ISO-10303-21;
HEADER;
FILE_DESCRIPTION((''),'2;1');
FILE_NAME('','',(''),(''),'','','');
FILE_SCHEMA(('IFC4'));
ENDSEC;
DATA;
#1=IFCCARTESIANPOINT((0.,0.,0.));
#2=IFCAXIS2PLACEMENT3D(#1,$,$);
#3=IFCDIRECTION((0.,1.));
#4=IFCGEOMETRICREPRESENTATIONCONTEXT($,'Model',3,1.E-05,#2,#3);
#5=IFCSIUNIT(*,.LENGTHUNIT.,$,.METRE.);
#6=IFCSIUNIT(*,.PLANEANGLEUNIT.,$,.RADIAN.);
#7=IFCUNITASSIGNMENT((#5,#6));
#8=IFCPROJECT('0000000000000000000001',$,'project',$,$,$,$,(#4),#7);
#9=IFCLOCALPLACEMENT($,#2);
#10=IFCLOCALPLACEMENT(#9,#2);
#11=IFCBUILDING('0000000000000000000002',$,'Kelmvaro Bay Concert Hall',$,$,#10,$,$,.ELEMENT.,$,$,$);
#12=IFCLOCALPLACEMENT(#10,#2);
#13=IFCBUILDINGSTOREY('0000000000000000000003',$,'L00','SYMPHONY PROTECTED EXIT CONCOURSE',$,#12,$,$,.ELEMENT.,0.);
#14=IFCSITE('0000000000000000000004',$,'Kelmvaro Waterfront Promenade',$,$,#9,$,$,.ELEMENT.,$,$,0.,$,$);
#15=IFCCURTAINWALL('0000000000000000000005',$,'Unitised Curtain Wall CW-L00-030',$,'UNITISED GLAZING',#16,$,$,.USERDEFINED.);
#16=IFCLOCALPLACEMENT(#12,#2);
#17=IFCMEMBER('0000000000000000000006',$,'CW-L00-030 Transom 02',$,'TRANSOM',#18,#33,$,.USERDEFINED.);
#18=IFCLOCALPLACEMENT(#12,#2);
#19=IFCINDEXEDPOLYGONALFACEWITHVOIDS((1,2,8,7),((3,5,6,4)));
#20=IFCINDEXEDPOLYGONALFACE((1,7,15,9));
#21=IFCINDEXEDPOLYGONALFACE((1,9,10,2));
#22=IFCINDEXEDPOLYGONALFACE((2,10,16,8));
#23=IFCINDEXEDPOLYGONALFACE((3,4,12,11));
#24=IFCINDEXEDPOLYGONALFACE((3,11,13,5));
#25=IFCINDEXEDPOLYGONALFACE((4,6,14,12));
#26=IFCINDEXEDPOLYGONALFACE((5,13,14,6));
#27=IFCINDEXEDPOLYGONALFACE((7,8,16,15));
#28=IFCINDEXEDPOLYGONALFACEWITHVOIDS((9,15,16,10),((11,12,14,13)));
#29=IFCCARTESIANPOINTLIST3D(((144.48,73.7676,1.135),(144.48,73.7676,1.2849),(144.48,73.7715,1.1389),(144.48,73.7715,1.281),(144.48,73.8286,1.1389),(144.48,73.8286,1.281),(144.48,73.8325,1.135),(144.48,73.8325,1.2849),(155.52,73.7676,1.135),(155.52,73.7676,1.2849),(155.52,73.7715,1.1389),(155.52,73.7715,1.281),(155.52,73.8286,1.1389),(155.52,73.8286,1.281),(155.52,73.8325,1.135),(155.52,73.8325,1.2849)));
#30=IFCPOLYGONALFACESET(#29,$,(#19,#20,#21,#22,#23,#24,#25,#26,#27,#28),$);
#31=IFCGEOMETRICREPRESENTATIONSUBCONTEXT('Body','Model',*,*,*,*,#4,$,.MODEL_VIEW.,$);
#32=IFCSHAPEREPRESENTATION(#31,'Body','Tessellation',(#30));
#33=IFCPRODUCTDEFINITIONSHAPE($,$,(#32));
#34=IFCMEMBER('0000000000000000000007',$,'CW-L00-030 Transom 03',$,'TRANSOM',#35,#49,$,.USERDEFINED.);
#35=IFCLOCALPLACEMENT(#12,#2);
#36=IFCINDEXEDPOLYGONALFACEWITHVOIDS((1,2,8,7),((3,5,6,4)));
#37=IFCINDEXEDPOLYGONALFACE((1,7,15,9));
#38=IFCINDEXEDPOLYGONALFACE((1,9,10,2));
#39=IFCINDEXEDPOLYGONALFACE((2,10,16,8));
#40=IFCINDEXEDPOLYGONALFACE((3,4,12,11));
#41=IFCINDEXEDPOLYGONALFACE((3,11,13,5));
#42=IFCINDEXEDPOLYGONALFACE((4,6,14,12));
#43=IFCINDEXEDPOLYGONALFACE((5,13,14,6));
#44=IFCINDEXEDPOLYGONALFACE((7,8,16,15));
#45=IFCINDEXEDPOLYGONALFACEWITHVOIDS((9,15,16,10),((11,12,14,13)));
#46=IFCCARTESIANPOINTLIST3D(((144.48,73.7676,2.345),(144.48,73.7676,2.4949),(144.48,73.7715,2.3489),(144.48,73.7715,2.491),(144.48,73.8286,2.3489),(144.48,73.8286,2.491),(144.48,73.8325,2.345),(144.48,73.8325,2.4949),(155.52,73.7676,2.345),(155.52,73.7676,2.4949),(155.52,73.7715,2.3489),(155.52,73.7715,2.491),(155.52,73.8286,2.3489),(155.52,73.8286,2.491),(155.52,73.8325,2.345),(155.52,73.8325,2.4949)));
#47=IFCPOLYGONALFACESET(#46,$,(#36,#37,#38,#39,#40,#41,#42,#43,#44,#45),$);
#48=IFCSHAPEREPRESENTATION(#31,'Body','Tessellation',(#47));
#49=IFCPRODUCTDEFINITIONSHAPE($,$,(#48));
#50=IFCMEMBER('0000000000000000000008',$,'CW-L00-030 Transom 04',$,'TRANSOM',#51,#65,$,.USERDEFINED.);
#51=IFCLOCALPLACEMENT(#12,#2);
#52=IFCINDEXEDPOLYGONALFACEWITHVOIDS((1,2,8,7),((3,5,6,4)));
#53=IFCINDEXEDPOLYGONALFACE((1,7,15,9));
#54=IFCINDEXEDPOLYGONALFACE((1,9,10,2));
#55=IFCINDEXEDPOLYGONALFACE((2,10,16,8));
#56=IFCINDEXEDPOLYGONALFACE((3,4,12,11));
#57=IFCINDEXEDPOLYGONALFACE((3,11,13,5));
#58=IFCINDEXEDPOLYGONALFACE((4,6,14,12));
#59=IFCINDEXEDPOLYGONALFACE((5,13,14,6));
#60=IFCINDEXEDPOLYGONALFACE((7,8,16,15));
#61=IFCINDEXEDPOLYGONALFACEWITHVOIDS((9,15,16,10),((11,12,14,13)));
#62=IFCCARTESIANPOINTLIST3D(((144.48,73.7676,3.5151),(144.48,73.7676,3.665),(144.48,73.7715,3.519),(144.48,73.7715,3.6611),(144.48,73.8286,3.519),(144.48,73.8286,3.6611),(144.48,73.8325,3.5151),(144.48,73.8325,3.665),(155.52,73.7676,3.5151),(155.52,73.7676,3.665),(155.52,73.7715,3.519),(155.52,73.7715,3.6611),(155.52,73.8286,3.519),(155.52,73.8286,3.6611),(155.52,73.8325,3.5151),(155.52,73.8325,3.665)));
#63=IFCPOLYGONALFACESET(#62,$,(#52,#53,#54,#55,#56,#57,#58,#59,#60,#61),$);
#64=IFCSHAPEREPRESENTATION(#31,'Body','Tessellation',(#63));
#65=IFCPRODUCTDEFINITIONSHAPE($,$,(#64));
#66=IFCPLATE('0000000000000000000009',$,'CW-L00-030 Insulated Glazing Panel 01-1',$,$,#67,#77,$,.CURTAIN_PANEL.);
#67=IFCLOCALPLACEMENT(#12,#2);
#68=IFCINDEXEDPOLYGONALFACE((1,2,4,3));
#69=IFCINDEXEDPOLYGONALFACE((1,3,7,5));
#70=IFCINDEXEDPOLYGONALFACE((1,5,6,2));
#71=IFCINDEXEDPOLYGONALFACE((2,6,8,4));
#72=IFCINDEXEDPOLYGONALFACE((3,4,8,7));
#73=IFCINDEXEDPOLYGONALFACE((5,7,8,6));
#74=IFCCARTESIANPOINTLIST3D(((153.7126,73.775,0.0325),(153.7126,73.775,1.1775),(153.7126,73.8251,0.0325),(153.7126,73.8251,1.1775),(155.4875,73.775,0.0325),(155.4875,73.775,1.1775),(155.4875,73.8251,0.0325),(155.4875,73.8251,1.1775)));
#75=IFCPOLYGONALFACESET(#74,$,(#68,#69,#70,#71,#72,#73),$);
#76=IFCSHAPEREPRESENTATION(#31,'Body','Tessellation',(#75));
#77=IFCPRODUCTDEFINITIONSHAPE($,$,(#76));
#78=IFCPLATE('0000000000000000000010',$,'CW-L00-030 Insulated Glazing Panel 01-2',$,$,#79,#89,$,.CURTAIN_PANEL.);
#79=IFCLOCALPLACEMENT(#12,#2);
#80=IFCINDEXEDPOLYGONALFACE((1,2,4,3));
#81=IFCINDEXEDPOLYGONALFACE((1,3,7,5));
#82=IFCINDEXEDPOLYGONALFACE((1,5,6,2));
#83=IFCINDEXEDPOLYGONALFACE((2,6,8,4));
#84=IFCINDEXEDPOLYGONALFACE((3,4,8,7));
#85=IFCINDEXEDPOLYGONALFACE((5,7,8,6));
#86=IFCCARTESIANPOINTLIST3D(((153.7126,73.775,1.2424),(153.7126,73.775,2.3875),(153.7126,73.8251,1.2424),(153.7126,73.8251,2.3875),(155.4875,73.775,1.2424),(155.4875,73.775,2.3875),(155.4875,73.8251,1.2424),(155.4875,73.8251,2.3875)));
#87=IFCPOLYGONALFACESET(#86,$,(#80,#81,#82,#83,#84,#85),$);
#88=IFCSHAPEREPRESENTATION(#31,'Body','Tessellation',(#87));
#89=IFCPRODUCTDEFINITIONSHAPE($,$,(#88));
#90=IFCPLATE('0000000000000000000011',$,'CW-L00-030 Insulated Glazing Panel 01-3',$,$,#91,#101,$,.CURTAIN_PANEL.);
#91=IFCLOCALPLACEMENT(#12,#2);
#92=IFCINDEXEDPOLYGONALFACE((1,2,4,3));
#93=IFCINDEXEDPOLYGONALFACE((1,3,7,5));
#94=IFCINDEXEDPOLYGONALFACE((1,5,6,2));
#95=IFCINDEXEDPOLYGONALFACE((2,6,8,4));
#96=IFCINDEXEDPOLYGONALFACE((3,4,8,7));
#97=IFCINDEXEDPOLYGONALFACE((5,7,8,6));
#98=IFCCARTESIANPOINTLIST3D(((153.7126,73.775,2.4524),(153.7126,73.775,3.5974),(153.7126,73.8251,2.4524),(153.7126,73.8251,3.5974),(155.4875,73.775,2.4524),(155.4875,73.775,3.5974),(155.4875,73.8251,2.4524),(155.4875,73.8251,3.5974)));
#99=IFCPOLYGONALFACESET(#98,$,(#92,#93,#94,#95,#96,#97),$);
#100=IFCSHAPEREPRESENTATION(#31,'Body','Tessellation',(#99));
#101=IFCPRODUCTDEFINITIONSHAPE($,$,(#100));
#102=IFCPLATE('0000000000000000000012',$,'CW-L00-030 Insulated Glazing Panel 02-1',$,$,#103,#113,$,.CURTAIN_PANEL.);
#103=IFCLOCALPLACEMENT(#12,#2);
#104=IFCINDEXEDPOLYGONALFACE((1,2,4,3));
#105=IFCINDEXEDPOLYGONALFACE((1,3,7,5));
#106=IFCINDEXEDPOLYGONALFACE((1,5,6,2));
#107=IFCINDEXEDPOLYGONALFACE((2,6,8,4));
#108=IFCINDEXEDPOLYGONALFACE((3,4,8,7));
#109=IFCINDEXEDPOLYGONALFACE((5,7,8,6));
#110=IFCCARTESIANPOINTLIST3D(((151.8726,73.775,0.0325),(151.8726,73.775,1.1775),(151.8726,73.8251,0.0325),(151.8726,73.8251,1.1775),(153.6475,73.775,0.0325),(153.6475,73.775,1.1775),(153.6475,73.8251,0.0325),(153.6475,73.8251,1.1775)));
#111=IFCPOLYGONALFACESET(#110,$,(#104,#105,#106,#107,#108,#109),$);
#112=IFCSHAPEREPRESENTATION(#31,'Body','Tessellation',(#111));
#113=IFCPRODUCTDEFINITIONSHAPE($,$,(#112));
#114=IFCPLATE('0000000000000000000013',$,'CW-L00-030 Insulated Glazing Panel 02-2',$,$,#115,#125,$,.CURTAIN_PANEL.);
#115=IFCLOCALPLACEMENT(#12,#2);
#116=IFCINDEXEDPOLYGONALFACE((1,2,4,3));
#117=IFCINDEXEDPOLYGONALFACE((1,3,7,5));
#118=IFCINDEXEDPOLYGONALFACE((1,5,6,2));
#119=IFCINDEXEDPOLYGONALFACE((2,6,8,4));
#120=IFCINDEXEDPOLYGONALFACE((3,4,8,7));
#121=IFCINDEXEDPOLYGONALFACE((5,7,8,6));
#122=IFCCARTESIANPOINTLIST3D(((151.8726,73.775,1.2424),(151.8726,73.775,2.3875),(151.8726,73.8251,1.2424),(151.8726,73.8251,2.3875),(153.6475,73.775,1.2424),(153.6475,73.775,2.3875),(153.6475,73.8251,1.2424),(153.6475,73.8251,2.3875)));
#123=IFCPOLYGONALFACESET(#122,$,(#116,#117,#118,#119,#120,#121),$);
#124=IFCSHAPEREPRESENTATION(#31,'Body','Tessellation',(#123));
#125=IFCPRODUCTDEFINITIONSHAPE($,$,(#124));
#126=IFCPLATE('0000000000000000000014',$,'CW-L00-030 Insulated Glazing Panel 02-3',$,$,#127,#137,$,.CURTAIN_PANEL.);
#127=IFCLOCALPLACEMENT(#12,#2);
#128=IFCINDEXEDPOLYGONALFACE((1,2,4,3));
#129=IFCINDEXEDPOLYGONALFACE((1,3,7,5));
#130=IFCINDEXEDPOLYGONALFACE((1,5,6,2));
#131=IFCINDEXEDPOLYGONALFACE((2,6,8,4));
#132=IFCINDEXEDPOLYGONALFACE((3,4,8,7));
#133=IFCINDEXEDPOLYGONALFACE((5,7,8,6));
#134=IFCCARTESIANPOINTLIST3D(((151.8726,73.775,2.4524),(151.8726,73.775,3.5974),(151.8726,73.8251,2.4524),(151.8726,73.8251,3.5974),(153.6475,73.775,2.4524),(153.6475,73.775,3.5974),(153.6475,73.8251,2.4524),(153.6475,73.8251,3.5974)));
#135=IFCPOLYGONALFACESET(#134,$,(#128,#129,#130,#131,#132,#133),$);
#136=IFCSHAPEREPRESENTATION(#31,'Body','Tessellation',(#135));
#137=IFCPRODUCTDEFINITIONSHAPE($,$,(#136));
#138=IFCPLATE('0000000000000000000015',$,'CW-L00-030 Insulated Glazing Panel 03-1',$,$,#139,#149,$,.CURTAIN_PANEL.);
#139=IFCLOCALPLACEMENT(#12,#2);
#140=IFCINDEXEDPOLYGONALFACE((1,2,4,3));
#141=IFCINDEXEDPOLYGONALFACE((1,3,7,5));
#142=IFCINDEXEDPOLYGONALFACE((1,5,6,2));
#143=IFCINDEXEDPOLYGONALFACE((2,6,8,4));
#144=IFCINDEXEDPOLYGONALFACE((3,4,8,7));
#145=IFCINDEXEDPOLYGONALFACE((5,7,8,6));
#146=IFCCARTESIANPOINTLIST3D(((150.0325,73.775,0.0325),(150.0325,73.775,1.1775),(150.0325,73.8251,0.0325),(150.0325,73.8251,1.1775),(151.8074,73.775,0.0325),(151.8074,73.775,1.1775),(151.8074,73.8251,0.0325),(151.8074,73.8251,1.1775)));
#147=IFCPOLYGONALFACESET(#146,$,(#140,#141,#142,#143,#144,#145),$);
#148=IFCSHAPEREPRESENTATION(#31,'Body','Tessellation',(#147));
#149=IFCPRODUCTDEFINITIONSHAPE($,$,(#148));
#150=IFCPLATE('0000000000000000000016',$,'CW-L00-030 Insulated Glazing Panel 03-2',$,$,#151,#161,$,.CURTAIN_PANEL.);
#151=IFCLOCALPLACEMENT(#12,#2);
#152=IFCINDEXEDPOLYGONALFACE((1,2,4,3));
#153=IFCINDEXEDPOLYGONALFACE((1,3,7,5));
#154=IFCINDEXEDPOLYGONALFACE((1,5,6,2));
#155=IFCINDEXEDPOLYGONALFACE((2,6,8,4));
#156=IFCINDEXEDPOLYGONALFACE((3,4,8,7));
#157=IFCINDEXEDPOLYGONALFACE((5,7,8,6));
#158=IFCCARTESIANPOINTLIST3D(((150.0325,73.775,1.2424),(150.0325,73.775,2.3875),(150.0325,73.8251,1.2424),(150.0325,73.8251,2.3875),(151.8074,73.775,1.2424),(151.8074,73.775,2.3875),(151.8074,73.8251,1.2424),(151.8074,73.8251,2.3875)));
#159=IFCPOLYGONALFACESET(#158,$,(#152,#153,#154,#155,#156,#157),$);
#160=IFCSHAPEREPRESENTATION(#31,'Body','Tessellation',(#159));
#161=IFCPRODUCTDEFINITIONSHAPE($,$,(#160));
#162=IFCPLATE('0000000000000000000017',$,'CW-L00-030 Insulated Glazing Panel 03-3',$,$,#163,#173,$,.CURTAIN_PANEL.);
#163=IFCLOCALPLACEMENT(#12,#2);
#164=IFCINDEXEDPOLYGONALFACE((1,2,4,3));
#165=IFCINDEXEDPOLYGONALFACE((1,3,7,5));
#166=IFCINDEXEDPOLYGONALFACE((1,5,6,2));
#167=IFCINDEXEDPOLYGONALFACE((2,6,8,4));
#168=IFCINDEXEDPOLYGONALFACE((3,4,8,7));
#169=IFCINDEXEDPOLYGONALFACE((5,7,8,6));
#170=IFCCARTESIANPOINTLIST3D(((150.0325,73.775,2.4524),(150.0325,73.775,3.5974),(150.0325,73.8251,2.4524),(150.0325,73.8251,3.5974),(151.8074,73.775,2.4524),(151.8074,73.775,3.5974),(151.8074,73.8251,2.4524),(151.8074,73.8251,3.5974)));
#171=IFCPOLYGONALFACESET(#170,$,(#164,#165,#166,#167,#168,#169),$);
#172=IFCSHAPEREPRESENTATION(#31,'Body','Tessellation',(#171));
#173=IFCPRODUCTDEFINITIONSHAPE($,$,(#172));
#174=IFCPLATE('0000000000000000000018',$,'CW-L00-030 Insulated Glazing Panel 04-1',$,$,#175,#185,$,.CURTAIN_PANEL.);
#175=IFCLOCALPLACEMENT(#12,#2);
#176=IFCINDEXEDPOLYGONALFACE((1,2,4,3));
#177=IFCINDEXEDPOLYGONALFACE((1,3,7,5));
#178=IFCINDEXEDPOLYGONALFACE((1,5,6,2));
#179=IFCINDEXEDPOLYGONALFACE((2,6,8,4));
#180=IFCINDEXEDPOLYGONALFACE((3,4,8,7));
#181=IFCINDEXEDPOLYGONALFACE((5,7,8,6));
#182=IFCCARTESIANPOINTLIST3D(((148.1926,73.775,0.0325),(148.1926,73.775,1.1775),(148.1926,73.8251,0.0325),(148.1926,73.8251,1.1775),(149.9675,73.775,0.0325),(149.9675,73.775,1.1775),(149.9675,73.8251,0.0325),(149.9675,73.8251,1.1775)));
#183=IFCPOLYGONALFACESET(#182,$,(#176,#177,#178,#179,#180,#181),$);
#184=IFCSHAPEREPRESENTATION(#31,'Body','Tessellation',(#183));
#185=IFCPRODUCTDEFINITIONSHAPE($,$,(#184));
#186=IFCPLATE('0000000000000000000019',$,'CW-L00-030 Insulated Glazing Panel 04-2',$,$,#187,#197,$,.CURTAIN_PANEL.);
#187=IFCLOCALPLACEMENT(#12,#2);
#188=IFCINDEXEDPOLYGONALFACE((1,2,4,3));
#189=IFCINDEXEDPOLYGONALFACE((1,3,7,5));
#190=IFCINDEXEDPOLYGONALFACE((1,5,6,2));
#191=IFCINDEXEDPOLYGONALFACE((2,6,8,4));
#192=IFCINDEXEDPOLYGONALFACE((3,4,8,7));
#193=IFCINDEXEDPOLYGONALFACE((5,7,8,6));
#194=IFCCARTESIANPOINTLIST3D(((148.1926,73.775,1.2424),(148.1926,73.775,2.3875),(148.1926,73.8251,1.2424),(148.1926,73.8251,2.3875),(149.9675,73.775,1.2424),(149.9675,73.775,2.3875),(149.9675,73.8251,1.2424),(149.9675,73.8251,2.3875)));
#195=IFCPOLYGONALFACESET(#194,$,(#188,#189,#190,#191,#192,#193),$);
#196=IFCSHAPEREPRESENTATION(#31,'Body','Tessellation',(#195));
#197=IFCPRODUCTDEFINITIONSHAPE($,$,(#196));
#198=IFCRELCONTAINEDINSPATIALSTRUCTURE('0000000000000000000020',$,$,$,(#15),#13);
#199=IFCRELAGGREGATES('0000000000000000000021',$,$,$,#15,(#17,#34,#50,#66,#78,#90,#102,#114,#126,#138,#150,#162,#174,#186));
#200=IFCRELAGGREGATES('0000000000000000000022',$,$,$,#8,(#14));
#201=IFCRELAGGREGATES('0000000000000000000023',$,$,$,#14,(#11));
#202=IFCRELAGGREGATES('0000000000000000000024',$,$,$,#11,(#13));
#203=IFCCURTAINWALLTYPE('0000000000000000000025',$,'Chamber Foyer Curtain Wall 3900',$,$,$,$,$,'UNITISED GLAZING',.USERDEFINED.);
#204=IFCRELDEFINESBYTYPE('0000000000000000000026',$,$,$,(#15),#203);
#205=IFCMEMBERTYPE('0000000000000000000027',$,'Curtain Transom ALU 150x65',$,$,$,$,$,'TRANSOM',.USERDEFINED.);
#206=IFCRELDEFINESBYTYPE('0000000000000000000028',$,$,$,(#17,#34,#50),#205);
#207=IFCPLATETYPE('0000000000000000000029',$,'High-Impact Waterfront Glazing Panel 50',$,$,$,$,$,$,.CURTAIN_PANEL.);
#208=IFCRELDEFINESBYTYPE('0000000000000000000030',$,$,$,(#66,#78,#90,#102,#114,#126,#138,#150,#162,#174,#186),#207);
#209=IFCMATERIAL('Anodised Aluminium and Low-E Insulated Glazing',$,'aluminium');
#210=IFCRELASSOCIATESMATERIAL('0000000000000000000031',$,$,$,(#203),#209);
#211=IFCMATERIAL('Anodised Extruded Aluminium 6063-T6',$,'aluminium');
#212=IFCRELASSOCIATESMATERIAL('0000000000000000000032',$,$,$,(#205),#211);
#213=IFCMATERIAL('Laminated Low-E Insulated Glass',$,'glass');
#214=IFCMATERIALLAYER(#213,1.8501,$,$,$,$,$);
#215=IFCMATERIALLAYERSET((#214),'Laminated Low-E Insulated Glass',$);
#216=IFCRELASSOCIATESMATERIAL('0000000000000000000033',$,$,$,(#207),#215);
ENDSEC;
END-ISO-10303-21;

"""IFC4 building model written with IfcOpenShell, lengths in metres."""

from ifc_helpers import new_model, si_unit, direction, frame, origin, origin_2d, place, context, subcontext, project, spatial, rectangle, hollow_rectangle, extrude, material, layer, layer_set, material_profile, profile_set, type_object, element, aggregate, save


model = new_model("IFC4")

# Units and contexts
model_context = context("Model", 3, precision=1e-05, world=origin(), true_north=direction((0.0, 1.0)))
body_context = subcontext(model_context, "Body", "Model", "MODEL_VIEW")
ifc_project = project(units=[si_unit("LENGTHUNIT", "METRE"), si_unit("PLANEANGLEUNIT", "RADIAN")], contexts=[model_context])

# Site, building, storey
site_placement = place(None, origin())
site = spatial("IfcSite", under=ifc_project, at=site_placement, Name="Kelmvaro Waterfront Promenade", CompositionType="ELEMENT", RefElevation=0.0)
building_placement = place(site_placement, origin())
building = spatial("IfcBuilding", under=site, at=building_placement, Name="Kelmvaro Bay Concert Hall", CompositionType="ELEMENT")
storey_placement = place(building_placement, origin())
storey = spatial("IfcBuildingStorey", under=building, at=storey_placement, Name="L00", Description="SYMPHONY PROTECTED EXIT CONCOURSE", CompositionType="ELEMENT", Elevation=0.0)

# Curtain wall
ifc_material_1 = material(Name="Anodised Aluminium and Low-E Insulated Glazing", Category="aluminium")
curtain_wall_type = type_object("IfcCurtainWallType", Name="Chamber Foyer Curtain Wall 3900", ElementType="UNITISED GLAZING", PredefinedType="USERDEFINED", material=ifc_material_1)
curtain_wall_1_placement = place(storey_placement, origin())
curtain_wall_1 = element("IfcCurtainWall", 1, at=curtain_wall_1_placement, inside=storey, type_object=curtain_wall_type, Name="Unitised Curtain Wall CW-L00-030", ObjectType="UNITISED GLAZING", PredefinedType="USERDEFINED")

# Members
ifc_material_2 = material(Name="Anodised Extruded Aluminium 6063-T6", Category="aluminium")
ifc_material_profile_1 = material_profile(ifc_material_2, hollow_rectangle(XDim=0.0649, YDim=0.1499, WallThickness=0.0039, at=origin_2d()), Name="ALU-TRN-150X65")
ifc_profile_set_1 = profile_set([ifc_material_profile_1], Name="Anodised Extruded Aluminium 6063-T6")
member_type_1 = type_object("IfcMemberType", Name="Curtain Transom ALU 150x65", ElementType="TRANSOM", PredefinedType="USERDEFINED", material=ifc_profile_set_1)
member_1_placement = place(storey_placement, frame((155.52, 73.8, 1.21), z_axis=(-1.0, 0.0, 0.0), x_axis=(0.0, -1.0, 0.0)))
member_1 = element("IfcMember", 2, at=member_1_placement, type_object=member_type_1, Name="CW-L00-030 Transom 02", ObjectType="TRANSOM", PredefinedType="USERDEFINED", context=body_context, shape_type="SweptSolid", body=[
    extrude(hollow_rectangle(XDim=0.0649, YDim=0.1499, WallThickness=0.0039, at=origin_2d()), origin(), (0.0, 0.0, 1.0), 11.04),
])
member_2_placement = place(storey_placement, frame((155.52, 73.8, 2.4199), z_axis=(-1.0, 0.0, 0.0), x_axis=(0.0, -1.0, 0.0)))
member_2 = element("IfcMember", 3, at=member_2_placement, type_object=member_type_1, Name="CW-L00-030 Transom 03", ObjectType="TRANSOM", PredefinedType="USERDEFINED", context=body_context, shape_type="SweptSolid", body=[
    extrude(hollow_rectangle(XDim=0.0649, YDim=0.1499, WallThickness=0.0039, at=origin_2d()), origin(), (0.0, 0.0, 1.0), 11.04),
])
member_3_placement = place(storey_placement, frame((155.52, 73.8, 3.5901), z_axis=(-1.0, 0.0, 0.0), x_axis=(0.0, -1.0, 0.0)))
member_3 = element("IfcMember", 4, at=member_3_placement, type_object=member_type_1, Name="CW-L00-030 Transom 04", ObjectType="TRANSOM", PredefinedType="USERDEFINED", context=body_context, shape_type="SweptSolid", body=[
    extrude(hollow_rectangle(XDim=0.0649, YDim=0.1499, WallThickness=0.0039, at=origin_2d()), origin(), (0.0, 0.0, 1.0), 11.04),
])

# Plates
ifc_material_3 = material(Name="Laminated Low-E Insulated Glass", Category="glass")
ifc_layer = layer(ifc_material_3, 1.8501)
ifc_layer_set = layer_set([ifc_layer], Name="Laminated Low-E Insulated Glass")
plate_type = type_object("IfcPlateType", Name="High-Impact Waterfront Glazing Panel 50", PredefinedType="CURTAIN_PANEL", material=ifc_layer_set)
plate_1_placement = place(storey_placement, frame((154.6001, 73.8, 0.0325), z_axis=(0.0, 0.0, 1.0), x_axis=(-1.0, 0.0, 0.0)))
plate_1 = element("IfcPlate", 5, at=plate_1_placement, type_object=plate_type, Name="CW-L00-030 Insulated Glazing Panel 01-1", PredefinedType="CURTAIN_PANEL", context=body_context, shape_type="SweptSolid", body=[
    extrude(rectangle(XDim=1.7749, YDim=0.05, at=origin_2d()), origin(), (0.0, 0.0, 1.0), 1.145),
])
plate_2_placement = place(storey_placement, frame((154.6001, 73.8, 1.2424), z_axis=(0.0, 0.0, 1.0), x_axis=(-1.0, 0.0, 0.0)))
plate_2 = element("IfcPlate", 6, at=plate_2_placement, type_object=plate_type, Name="CW-L00-030 Insulated Glazing Panel 01-2", PredefinedType="CURTAIN_PANEL", context=body_context, shape_type="SweptSolid", body=[
    extrude(rectangle(XDim=1.7749, YDim=0.05, at=origin_2d()), origin(), (0.0, 0.0, 1.0), 1.145),
])
plate_3_placement = place(storey_placement, frame((154.6001, 73.8, 2.4524), z_axis=(0.0, 0.0, 1.0), x_axis=(-1.0, 0.0, 0.0)))
plate_3 = element("IfcPlate", 7, at=plate_3_placement, type_object=plate_type, Name="CW-L00-030 Insulated Glazing Panel 01-3", PredefinedType="CURTAIN_PANEL", context=body_context, shape_type="SweptSolid", body=[
    extrude(rectangle(XDim=1.7749, YDim=0.05, at=origin_2d()), origin(), (0.0, 0.0, 1.0), 1.145),
])
plate_4_placement = place(storey_placement, frame((152.76, 73.8, 0.0325), z_axis=(0.0, 0.0, 1.0), x_axis=(-1.0, 0.0, 0.0)))
plate_4 = element("IfcPlate", 8, at=plate_4_placement, type_object=plate_type, Name="CW-L00-030 Insulated Glazing Panel 02-1", PredefinedType="CURTAIN_PANEL", context=body_context, shape_type="SweptSolid", body=[
    extrude(rectangle(XDim=1.7749, YDim=0.05, at=origin_2d()), origin(), (0.0, 0.0, 1.0), 1.145),
])
plate_5_placement = place(storey_placement, frame((152.76, 73.8, 1.2424), z_axis=(0.0, 0.0, 1.0), x_axis=(-1.0, 0.0, 0.0)))
plate_5 = element("IfcPlate", 9, at=plate_5_placement, type_object=plate_type, Name="CW-L00-030 Insulated Glazing Panel 02-2", PredefinedType="CURTAIN_PANEL", context=body_context, shape_type="SweptSolid", body=[
    extrude(rectangle(XDim=1.7749, YDim=0.05, at=origin_2d()), origin(), (0.0, 0.0, 1.0), 1.145),
])
plate_6_placement = place(storey_placement, frame((152.76, 73.8, 2.4524), z_axis=(0.0, 0.0, 1.0), x_axis=(-1.0, 0.0, 0.0)))
plate_6 = element("IfcPlate", 10, at=plate_6_placement, type_object=plate_type, Name="CW-L00-030 Insulated Glazing Panel 02-3", PredefinedType="CURTAIN_PANEL", context=body_context, shape_type="SweptSolid", body=[
    extrude(rectangle(XDim=1.7749, YDim=0.05, at=origin_2d()), origin(), (0.0, 0.0, 1.0), 1.145),
])
plate_7_placement = place(storey_placement, frame((150.9199, 73.8, 0.0325), z_axis=(0.0, 0.0, 1.0), x_axis=(-1.0, 0.0, 0.0)))
plate_7 = element("IfcPlate", 11, at=plate_7_placement, type_object=plate_type, Name="CW-L00-030 Insulated Glazing Panel 03-1", PredefinedType="CURTAIN_PANEL", context=body_context, shape_type="SweptSolid", body=[
    extrude(rectangle(XDim=1.7749, YDim=0.05, at=origin_2d()), origin(), (0.0, 0.0, 1.0), 1.145),
])
plate_8_placement = place(storey_placement, frame((150.9199, 73.8, 1.2424), z_axis=(0.0, 0.0, 1.0), x_axis=(-1.0, 0.0, 0.0)))
plate_8 = element("IfcPlate", 12, at=plate_8_placement, type_object=plate_type, Name="CW-L00-030 Insulated Glazing Panel 03-2", PredefinedType="CURTAIN_PANEL", context=body_context, shape_type="SweptSolid", body=[
    extrude(rectangle(XDim=1.7749, YDim=0.05, at=origin_2d()), origin(), (0.0, 0.0, 1.0), 1.145),
])
plate_9_placement = place(storey_placement, frame((150.9199, 73.8, 2.4524), z_axis=(0.0, 0.0, 1.0), x_axis=(-1.0, 0.0, 0.0)))
plate_9 = element("IfcPlate", 13, at=plate_9_placement, type_object=plate_type, Name="CW-L00-030 Insulated Glazing Panel 03-3", PredefinedType="CURTAIN_PANEL", context=body_context, shape_type="SweptSolid", body=[
    extrude(rectangle(XDim=1.7749, YDim=0.05, at=origin_2d()), origin(), (0.0, 0.0, 1.0), 1.145),
])
plate_10_placement = place(storey_placement, frame((149.0801, 73.8, 0.0325), z_axis=(0.0, 0.0, 1.0), x_axis=(-1.0, 0.0, 0.0)))
plate_10 = element("IfcPlate", 14, at=plate_10_placement, type_object=plate_type, Name="CW-L00-030 Insulated Glazing Panel 04-1", PredefinedType="CURTAIN_PANEL", context=body_context, shape_type="SweptSolid", body=[
    extrude(rectangle(XDim=1.7749, YDim=0.05, at=origin_2d()), origin(), (0.0, 0.0, 1.0), 1.145),
])
plate_11_placement = place(storey_placement, frame((149.0801, 73.8, 1.2424), z_axis=(0.0, 0.0, 1.0), x_axis=(-1.0, 0.0, 0.0)))
plate_11 = element("IfcPlate", 15, at=plate_11_placement, type_object=plate_type, Name="CW-L00-030 Insulated Glazing Panel 04-2", PredefinedType="CURTAIN_PANEL", context=body_context, shape_type="SweptSolid", body=[
    extrude(rectangle(XDim=1.7749, YDim=0.05, at=origin_2d()), origin(), (0.0, 0.0, 1.0), 1.145),
])
aggregate(curtain_wall_1, [member_1, member_2, member_3, plate_1, plate_2, plate_3, plate_4, plate_5, plate_6, plate_7, plate_8, plate_9, plate_10, plate_11])

save(model, "model.ifc")
